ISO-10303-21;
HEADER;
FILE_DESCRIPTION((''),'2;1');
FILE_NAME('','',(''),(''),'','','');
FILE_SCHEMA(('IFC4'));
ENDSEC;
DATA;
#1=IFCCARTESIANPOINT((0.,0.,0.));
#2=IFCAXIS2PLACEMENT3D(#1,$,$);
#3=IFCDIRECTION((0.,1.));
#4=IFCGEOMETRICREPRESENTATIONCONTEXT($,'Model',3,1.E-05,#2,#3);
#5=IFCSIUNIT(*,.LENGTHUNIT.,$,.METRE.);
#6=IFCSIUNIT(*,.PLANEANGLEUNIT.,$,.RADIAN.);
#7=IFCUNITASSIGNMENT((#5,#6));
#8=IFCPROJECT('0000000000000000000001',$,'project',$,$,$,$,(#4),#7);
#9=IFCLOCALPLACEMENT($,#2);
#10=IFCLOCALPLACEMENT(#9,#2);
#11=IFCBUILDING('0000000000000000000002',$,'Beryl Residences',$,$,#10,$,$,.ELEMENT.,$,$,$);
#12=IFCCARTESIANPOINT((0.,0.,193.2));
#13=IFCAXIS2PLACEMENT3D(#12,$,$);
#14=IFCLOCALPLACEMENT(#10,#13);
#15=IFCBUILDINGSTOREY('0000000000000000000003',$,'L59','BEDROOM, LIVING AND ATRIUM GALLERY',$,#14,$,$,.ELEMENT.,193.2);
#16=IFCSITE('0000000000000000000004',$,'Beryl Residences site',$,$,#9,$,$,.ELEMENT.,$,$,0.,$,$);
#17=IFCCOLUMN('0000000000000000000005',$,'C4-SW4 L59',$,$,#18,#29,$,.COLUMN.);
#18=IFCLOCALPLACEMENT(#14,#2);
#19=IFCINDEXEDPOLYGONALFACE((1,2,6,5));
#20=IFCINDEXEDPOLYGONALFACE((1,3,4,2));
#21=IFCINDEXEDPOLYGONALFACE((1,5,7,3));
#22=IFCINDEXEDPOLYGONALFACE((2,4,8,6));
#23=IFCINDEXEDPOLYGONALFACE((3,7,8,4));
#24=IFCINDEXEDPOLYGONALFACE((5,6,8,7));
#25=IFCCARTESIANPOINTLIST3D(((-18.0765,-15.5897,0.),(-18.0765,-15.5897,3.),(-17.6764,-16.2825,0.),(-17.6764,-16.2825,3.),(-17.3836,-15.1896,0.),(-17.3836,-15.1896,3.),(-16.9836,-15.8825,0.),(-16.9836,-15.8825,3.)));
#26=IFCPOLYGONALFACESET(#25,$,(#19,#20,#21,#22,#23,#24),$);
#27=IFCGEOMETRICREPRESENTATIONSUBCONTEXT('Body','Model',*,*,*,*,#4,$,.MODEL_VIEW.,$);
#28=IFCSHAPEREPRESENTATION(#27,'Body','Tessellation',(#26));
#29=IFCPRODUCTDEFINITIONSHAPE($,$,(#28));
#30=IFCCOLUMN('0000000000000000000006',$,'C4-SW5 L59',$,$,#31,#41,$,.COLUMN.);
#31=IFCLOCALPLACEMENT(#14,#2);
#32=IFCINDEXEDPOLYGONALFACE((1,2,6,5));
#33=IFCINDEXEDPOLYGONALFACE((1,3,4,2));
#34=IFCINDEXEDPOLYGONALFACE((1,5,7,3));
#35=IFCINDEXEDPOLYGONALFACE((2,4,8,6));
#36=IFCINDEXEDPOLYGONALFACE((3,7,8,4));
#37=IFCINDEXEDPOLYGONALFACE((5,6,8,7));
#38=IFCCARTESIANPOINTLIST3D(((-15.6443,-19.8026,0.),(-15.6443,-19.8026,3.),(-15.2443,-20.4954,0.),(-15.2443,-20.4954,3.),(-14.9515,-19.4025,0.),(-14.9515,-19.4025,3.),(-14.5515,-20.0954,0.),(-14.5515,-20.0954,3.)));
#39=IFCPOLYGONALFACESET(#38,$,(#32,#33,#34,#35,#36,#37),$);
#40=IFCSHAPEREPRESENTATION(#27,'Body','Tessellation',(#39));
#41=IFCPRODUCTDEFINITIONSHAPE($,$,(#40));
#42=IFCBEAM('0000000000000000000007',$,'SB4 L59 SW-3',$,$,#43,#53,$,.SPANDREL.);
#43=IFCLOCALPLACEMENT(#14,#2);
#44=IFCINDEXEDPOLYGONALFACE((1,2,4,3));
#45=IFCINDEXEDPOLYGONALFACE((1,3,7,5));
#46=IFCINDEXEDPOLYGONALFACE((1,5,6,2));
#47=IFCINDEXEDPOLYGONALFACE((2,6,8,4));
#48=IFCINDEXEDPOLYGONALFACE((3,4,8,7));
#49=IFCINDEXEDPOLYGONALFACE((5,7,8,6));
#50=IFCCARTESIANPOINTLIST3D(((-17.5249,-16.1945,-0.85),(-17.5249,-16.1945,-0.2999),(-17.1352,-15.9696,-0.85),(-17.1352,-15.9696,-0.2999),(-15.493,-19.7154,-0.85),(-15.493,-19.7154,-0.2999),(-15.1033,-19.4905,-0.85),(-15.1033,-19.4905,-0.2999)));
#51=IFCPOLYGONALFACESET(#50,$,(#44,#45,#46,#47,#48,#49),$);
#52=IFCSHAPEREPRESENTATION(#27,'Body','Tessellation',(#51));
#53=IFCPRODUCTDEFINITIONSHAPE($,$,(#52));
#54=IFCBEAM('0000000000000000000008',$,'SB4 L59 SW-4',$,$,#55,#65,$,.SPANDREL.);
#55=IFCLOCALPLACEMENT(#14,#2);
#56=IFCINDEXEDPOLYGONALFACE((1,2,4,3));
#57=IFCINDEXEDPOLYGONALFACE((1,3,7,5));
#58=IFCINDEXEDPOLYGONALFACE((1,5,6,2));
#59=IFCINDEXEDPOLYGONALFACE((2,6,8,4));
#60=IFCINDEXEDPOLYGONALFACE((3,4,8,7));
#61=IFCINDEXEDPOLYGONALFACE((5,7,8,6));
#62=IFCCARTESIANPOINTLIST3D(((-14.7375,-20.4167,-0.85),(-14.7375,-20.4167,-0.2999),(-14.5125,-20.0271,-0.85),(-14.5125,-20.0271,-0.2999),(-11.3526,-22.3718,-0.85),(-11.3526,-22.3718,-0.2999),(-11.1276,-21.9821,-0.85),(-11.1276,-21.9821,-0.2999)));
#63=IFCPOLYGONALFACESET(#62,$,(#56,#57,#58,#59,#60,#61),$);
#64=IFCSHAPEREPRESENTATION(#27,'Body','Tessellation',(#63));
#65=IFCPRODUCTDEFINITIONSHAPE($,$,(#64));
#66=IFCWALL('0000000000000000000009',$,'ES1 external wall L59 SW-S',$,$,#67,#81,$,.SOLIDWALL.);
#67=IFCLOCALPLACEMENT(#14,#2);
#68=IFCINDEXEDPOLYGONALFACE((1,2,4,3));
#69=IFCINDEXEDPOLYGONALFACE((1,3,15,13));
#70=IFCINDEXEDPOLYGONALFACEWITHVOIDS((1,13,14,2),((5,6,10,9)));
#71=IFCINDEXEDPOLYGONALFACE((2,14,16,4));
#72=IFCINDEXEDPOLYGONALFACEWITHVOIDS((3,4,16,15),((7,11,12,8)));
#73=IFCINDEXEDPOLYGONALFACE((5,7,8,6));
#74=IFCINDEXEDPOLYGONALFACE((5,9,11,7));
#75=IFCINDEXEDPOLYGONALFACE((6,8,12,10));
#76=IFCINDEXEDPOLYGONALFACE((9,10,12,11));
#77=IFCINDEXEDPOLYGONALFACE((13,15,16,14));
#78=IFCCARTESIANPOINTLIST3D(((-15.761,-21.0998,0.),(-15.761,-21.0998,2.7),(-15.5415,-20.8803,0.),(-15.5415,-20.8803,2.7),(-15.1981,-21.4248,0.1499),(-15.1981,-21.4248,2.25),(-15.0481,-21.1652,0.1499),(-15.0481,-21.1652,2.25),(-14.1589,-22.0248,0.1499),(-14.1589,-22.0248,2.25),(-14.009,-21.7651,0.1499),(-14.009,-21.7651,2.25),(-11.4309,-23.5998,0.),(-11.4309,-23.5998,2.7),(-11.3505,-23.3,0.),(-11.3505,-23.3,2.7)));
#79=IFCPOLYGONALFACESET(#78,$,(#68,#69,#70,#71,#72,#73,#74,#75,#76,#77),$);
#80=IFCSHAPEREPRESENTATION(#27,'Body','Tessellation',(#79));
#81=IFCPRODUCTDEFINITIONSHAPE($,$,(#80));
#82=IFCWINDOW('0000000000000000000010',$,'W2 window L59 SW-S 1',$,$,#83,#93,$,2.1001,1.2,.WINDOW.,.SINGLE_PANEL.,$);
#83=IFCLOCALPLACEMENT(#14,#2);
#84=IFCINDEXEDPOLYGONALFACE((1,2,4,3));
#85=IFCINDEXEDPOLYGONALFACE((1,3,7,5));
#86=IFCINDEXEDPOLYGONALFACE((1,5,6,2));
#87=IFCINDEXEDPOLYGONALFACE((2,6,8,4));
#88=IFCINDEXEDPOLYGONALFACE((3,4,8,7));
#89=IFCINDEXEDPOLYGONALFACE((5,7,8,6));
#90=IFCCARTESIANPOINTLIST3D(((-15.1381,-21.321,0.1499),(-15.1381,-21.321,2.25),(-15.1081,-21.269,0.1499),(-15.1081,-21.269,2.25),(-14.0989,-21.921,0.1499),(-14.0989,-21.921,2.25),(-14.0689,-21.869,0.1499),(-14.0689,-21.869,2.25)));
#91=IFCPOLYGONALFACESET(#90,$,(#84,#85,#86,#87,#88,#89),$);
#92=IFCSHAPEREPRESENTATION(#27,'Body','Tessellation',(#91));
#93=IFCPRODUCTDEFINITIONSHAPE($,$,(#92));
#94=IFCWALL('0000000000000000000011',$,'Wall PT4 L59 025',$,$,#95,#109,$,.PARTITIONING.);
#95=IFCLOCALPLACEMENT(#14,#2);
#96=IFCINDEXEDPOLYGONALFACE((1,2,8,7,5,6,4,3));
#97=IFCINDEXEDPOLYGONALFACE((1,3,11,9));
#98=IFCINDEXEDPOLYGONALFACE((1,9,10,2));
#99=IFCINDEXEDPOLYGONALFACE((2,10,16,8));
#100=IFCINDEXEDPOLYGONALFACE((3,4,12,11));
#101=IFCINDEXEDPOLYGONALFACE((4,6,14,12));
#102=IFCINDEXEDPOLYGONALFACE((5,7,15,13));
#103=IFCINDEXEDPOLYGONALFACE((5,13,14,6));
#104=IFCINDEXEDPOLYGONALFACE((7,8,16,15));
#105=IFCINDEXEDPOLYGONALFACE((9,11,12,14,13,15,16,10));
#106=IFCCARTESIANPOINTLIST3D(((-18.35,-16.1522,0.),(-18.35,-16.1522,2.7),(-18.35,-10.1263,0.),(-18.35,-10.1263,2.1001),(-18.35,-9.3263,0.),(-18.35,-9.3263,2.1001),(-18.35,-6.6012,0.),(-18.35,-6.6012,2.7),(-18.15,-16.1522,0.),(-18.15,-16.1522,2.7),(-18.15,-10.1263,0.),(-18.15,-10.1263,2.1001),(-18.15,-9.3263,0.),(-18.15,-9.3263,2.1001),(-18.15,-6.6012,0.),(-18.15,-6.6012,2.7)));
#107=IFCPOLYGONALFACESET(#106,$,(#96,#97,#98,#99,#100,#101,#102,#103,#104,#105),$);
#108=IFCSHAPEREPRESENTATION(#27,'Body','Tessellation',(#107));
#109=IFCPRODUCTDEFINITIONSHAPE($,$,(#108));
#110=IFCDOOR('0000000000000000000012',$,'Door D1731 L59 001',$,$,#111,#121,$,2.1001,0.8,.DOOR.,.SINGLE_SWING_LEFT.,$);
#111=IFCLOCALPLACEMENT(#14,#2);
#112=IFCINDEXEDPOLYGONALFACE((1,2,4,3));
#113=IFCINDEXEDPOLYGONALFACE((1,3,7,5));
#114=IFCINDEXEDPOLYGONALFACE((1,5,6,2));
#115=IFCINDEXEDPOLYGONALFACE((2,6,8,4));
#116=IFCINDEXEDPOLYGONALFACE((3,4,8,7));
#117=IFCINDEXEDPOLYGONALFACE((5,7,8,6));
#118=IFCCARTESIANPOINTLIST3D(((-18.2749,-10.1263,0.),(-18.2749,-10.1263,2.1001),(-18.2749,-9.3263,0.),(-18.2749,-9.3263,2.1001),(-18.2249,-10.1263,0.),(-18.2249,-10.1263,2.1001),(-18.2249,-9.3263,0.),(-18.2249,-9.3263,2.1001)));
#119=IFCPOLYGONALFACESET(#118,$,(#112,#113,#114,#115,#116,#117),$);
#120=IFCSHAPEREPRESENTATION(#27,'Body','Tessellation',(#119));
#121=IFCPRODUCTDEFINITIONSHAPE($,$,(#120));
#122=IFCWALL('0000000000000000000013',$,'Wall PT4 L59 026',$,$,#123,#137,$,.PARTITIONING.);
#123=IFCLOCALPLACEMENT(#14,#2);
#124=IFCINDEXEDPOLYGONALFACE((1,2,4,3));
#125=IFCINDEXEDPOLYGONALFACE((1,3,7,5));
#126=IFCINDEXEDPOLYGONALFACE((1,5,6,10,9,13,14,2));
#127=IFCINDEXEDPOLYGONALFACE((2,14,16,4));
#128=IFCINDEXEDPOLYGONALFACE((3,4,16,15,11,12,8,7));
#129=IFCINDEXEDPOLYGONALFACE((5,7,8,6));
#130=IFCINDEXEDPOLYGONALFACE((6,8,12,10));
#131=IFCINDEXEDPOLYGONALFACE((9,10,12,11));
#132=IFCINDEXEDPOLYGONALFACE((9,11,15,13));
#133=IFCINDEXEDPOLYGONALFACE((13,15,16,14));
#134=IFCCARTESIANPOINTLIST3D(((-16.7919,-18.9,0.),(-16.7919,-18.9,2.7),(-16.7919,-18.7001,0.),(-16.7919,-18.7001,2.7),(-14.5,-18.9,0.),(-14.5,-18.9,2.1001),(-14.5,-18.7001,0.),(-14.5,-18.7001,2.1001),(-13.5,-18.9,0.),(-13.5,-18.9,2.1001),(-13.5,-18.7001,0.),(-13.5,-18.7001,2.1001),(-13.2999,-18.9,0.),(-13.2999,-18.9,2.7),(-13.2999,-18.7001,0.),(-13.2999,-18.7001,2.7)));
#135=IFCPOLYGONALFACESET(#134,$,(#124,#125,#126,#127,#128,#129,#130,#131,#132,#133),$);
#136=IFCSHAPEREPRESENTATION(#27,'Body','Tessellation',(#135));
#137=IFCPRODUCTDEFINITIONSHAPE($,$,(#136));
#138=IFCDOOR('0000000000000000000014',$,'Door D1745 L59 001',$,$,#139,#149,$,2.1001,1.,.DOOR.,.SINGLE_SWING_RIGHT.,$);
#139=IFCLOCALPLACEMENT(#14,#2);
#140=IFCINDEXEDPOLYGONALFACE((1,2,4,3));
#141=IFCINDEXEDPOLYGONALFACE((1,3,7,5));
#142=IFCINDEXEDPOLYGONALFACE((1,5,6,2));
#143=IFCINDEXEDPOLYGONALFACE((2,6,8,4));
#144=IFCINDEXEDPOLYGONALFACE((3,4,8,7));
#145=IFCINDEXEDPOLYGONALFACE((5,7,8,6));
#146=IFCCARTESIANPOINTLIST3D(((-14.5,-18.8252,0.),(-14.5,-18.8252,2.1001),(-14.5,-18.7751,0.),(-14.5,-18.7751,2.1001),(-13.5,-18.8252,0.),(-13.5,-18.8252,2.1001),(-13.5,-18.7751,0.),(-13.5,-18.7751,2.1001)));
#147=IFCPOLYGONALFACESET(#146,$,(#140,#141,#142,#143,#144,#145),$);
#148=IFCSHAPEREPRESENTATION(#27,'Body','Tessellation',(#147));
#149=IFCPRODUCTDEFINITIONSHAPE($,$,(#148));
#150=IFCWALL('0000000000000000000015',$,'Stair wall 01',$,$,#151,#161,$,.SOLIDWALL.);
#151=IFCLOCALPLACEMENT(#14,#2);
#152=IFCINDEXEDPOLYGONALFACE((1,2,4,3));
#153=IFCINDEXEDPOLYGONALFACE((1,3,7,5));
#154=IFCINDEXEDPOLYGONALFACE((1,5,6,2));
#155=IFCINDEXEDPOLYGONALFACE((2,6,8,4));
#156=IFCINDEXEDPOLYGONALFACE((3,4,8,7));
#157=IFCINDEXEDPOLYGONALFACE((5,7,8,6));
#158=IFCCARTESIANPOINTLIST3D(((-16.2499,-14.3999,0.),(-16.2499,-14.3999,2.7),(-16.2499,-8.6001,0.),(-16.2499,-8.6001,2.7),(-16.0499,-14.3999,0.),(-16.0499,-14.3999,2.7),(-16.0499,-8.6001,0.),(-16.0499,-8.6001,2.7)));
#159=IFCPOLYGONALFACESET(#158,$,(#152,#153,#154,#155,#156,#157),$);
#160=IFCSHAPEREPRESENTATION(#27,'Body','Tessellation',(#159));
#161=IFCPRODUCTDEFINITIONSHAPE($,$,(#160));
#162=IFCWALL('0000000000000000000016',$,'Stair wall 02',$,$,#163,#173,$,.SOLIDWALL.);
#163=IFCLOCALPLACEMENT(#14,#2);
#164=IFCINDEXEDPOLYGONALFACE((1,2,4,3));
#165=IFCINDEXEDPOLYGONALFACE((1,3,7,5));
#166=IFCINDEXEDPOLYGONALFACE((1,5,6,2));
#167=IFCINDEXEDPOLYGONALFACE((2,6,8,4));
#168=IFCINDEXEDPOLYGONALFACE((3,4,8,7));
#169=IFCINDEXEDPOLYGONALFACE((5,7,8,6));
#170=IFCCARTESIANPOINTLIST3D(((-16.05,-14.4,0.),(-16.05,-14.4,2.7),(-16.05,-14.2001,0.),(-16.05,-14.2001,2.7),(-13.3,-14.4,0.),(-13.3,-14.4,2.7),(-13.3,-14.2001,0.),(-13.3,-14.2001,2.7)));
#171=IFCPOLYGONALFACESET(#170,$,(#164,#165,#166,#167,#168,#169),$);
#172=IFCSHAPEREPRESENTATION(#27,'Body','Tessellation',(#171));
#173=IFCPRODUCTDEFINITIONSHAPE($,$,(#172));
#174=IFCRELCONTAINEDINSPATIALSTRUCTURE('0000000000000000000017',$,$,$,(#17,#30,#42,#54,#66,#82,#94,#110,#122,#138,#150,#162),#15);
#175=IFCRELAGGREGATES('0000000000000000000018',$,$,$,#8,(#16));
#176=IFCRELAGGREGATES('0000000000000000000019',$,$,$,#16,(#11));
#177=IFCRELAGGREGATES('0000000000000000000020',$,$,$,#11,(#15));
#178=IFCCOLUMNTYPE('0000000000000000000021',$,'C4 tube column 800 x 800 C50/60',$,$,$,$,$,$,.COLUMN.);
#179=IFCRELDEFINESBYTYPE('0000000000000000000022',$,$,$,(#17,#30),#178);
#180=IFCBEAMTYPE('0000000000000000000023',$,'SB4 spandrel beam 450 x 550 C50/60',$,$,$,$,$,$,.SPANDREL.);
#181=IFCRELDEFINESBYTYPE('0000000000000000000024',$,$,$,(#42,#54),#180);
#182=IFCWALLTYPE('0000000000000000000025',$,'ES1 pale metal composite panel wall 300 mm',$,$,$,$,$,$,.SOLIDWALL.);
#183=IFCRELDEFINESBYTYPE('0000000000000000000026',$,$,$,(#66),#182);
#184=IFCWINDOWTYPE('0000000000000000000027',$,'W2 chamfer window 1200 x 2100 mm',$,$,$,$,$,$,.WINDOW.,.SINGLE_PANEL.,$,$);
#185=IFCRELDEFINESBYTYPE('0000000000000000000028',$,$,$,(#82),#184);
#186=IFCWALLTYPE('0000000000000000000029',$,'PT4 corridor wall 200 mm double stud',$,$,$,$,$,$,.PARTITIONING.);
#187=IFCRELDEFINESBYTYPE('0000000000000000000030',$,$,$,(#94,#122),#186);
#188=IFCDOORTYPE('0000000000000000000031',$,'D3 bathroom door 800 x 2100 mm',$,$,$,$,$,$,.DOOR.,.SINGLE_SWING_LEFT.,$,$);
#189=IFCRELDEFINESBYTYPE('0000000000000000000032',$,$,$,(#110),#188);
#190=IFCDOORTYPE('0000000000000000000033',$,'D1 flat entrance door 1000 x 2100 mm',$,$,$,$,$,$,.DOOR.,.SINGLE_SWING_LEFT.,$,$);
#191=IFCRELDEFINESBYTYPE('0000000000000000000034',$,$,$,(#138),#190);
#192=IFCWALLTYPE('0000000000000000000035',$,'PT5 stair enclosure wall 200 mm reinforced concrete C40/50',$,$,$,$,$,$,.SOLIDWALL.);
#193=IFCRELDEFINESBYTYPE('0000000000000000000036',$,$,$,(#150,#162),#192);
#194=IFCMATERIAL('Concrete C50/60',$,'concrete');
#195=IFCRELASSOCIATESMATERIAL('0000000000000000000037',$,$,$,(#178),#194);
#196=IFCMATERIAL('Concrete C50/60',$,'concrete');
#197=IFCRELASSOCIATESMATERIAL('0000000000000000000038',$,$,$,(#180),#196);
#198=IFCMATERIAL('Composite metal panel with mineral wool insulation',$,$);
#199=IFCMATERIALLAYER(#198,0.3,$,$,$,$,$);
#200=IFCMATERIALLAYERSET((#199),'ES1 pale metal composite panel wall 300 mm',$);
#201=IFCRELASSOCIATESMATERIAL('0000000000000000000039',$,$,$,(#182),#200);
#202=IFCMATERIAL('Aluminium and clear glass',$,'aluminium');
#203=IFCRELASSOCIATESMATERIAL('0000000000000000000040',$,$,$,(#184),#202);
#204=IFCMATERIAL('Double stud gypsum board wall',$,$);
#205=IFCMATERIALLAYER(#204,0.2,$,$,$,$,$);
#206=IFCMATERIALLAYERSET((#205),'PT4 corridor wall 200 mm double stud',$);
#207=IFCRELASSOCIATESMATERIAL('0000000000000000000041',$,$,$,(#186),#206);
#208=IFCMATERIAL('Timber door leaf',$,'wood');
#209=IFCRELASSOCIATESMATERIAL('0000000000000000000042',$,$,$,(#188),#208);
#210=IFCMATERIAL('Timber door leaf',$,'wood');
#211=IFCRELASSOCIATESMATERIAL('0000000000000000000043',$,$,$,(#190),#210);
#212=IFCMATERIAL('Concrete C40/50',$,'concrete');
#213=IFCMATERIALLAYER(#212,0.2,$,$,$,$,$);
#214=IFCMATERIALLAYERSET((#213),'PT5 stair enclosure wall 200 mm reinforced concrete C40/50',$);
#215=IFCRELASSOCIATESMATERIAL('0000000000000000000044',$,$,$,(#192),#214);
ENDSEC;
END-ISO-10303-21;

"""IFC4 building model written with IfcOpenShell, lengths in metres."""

from ifc_helpers import new_model, si_unit, direction, frame, frame_2d, origin, origin_2d, place, context, subcontext, project, spatial, polyline, rectangle, outline, extrude, material, layer, layer_set, material_profile, profile_set, type_object, element, fill, save


model = new_model("IFC4")

# Units and contexts
model_context = context("Model", 3, precision=1e-05, world=origin(), true_north=direction((0.0, 1.0)))
body_context = subcontext(model_context, "Body", "Model", "MODEL_VIEW")
ifc_project = project(units=[si_unit("LENGTHUNIT", "METRE"), si_unit("PLANEANGLEUNIT", "RADIAN")], contexts=[model_context])

# Site, building, storey
site_placement = place(None, origin())
site = spatial("IfcSite", under=ifc_project, at=site_placement, Name="Beryl Residences site", CompositionType="ELEMENT", RefElevation=0.0)
building_placement = place(site_placement, origin())
building = spatial("IfcBuilding", under=site, at=building_placement, Name="Beryl Residences", CompositionType="ELEMENT")
storey_placement = place(building_placement, frame((0.0, 0.0, 193.2)))
storey = spatial("IfcBuildingStorey", under=building, at=storey_placement, Name="L59", Description="BEDROOM, LIVING AND ATRIUM GALLERY", CompositionType="ELEMENT", Elevation=193.2)

# Columns
ifc_material_1 = material(Name="Concrete C50/60", Category="concrete")
ifc_material_profile_1 = material_profile(ifc_material_1, rectangle(XDim=0.8, YDim=0.8, at=origin_2d()))
ifc_profile_set_1 = profile_set([ifc_material_profile_1], Name="Concrete C50/60")
column_type = type_object("IfcColumnType", Name="C4 tube column 800 x 800 C50/60", PredefinedType="COLUMN", material=ifc_profile_set_1)
for number, where, z_axis, x_axis, name in (
    (1, (-17.53, -15.7361, 0.0), (0.0, 0.0, 1.0), (0.5, -0.866025, 0.0), "C4-SW4 L59"),
    (2, (-15.0979, -19.949, 0.0), (0.0, 0.0, 1.0), (0.5, -0.866025, 0.0), "C4-SW5 L59"),
):
    element("IfcColumn", number, at=place(storey_placement, frame(where, z_axis=z_axis, x_axis=x_axis)), inside=storey, type_object=column_type, Name=name, PredefinedType="COLUMN", context=body_context, shape_type="SweptSolid", body=[
        extrude(rectangle(XDim=0.8, YDim=0.8, at=origin_2d()), origin(), (0.0, 0.0, 1.0), 3.0),
    ])

# Beams
ifc_material_2 = material(Name="Concrete C50/60", Category="concrete")
ifc_material_profile_2 = material_profile(ifc_material_2, rectangle(XDim=0.45, YDim=0.55, at=origin_2d()))
ifc_profile_set_2 = profile_set([ifc_material_profile_2], Name="Concrete C50/60")
beam_type = type_object("IfcBeamType", Name="SB4 spandrel beam 450 x 550 C50/60", PredefinedType="SPANDREL", material=ifc_profile_set_2)
beam_1_placement = place(storey_placement, frame((-17.3301, -16.082, -0.575), z_axis=(0.49984, -0.866118, 0.0), x_axis=(0.866118, 0.49984, 0.0)))
element("IfcBeam", 3, at=beam_1_placement, inside=storey, type_object=beam_type, Name="SB4 L59 SW-3", PredefinedType="SPANDREL", context=body_context, shape_type="SweptSolid", body=[
    extrude(rectangle(XDim=0.45, YDim=0.55, at=origin_2d()), origin(), (0.0, 0.0, 1.0), 4.0652),
])
beam_2_placement = place(storey_placement, frame((-14.625, -20.2219, -0.575), z_axis=(0.865943, -0.500142, 0.0), x_axis=(0.500142, 0.865943, 0.0)))
element("IfcBeam", 4, at=beam_2_placement, inside=storey, type_object=beam_type, Name="SB4 L59 SW-4", PredefinedType="SPANDREL", context=body_context, shape_type="SweptSolid", body=[
    extrude(rectangle(XDim=0.45, YDim=0.55, at=origin_2d()), origin(), (0.0, 0.0, 1.0), 3.9089),
])

# Wall, opening, window
ifc_material_3 = material(Name="Composite metal panel with mineral wool insulation")
ifc_layer_1 = layer(ifc_material_3, 0.3)
ifc_layer_set_1 = layer_set([ifc_layer_1], Name="ES1 pale metal composite panel wall 300 mm")
wall_type_1 = type_object("IfcWallType", Name="ES1 pale metal composite panel wall 300 mm", PredefinedType="SOLIDWALL", material=ifc_layer_set_1)
wall_1_placement = place(storey_placement, frame((-15.686, -20.97, 0.0), z_axis=(0.0, 0.0, 1.0), x_axis=(0.866023, -0.500004, 0.0)))
wall_1 = element("IfcWall", 5, at=wall_1_placement, inside=storey, type_object=wall_type_1, Name="ES1 external wall L59 SW-S", PredefinedType="SOLIDWALL", context=body_context, shape_type="SweptSolid", body=[
    extrude(outline(polyline([(0.0, -0.1499), (5.0, -0.1499), (4.9197, 0.1499), (0.0803, 0.1499), (0.0, -0.1499)])), origin(), (0.0, 0.0, 1.0), 2.7),
])
opening_1_placement = place(wall_1_placement, frame((0.6499, 0.0, 0.1499)))
opening_1 = element("IfcOpeningElement", 6, at=opening_1_placement, cuts=wall_1, PredefinedType="OPENING", context=body_context, shape_type="SweptSolid", body=[
    extrude(rectangle(XDim=1.2, YDim=2.1001, at=frame_2d((0.6001, 1.05))), frame((0.0, 0.1599, 0.0), z_axis=(0.0, -1.0, 0.0), x_axis=(1.0, 0.0, 0.0)), (0.0, 0.0, 1.0), 0.3201),
])
ifc_material_4 = material(Name="Aluminium and clear glass", Category="aluminium")
window_type = type_object("IfcWindowType", Name="W2 chamfer window 1200 x 2100 mm", PartitioningType="SINGLE_PANEL", PredefinedType="WINDOW", material=ifc_material_4)
window_placement = place(opening_1_placement, origin())
window = element("IfcWindow", 7, at=window_placement, inside=storey, type_object=window_type, Name="W2 window L59 SW-S 1", OverallHeight=2.1001, OverallWidth=1.2, PartitioningType="SINGLE_PANEL", PredefinedType="WINDOW", context=body_context, shape_type="SweptSolid", body=[
    extrude(rectangle(XDim=1.2, YDim=2.1001, at=frame_2d((0.6001, 1.05))), frame((0.0, 0.03, 0.0), z_axis=(0.0, -1.0, 0.0), x_axis=(1.0, 0.0, 0.0)), (0.0, 0.0, 1.0), 0.0601),
])
fill(opening_1, window)

# Walls, openings, doors
ifc_material_5 = material(Name="Double stud gypsum board wall")
ifc_layer_2 = layer(ifc_material_5, 0.2)
ifc_layer_set_2 = layer_set([ifc_layer_2], Name="PT4 corridor wall 200 mm double stud")
wall_type_2 = type_object("IfcWallType", Name="PT4 corridor wall 200 mm double stud", PredefinedType="PARTITIONING", material=ifc_layer_set_2)
wall_2_placement = place(storey_placement, frame((-18.25, -16.1521, 0.0), z_axis=(0.0, 0.0, 1.0), x_axis=(0.0, 1.0, 0.0)))
wall_2 = element("IfcWall", 8, at=wall_2_placement, inside=storey, type_object=wall_type_2, Name="Wall PT4 L59 025", PredefinedType="PARTITIONING", context=body_context, shape_type="SweptSolid", body=[
    extrude(rectangle(XDim=9.551, YDim=0.2, at=frame_2d((4.7754, 0.0))), origin(), (0.0, 0.0, 1.0), 2.7),
])
opening_2_placement = place(wall_2_placement, frame((6.0259, 0.0, 0.0)))
opening_2 = element("IfcOpeningElement", 9, at=opening_2_placement, cuts=wall_2, PredefinedType="OPENING", context=body_context, shape_type="SweptSolid", body=[
    extrude(rectangle(XDim=0.8, YDim=2.1001, at=frame_2d((0.3999, 1.05))), frame((0.0, 0.1099, 0.0), z_axis=(0.0, -1.0, 0.0), x_axis=(1.0, 0.0, 0.0)), (0.0, 0.0, 1.0), 0.22),
])
ifc_material_6 = material(Name="Timber door leaf", Category="wood")
door_type_1 = type_object("IfcDoorType", Name="D3 bathroom door 800 x 2100 mm", OperationType="SINGLE_SWING_LEFT", PredefinedType="DOOR", material=ifc_material_6)
door_1_placement = place(opening_2_placement, origin())
door_1 = element("IfcDoor", 10, at=door_1_placement, inside=storey, type_object=door_type_1, Name="Door D1731 L59 001", OperationType="SINGLE_SWING_LEFT", OverallHeight=2.1001, OverallWidth=0.8, PredefinedType="DOOR", context=body_context, shape_type="SweptSolid", body=[
    extrude(rectangle(XDim=0.8, YDim=2.1001, at=frame_2d((0.3999, 1.05))), frame((0.0, 0.0249, 0.0), z_axis=(0.0, -1.0, 0.0), x_axis=(1.0, 0.0, 0.0)), (0.0, 0.0, 1.0), 0.05),
])
fill(opening_2, door_1)
wall_3_placement = place(storey_placement, frame((-16.792, -18.8, 0.0), z_axis=(0.0, 0.0, 1.0), x_axis=(1.0, 0.0, 0.0)))
wall_3 = element("IfcWall", 11, at=wall_3_placement, inside=storey, type_object=wall_type_2, Name="Wall PT4 L59 026", PredefinedType="PARTITIONING", context=body_context, shape_type="SweptSolid", body=[
    extrude(rectangle(XDim=3.4919, YDim=0.2, at=frame_2d((1.7461, 0.0))), origin(), (0.0, 0.0, 1.0), 2.7),
])
opening_3_placement = place(wall_3_placement, frame((2.292, 0.0, 0.0)))
opening_3 = element("IfcOpeningElement", 12, at=opening_3_placement, cuts=wall_3, PredefinedType="OPENING", context=body_context, shape_type="SweptSolid", body=[
    extrude(rectangle(XDim=1.0, YDim=2.1001, at=frame_2d((0.5, 1.05))), frame((0.0, 0.1099, 0.0), z_axis=(0.0, -1.0, 0.0), x_axis=(1.0, 0.0, 0.0)), (0.0, 0.0, 1.0), 0.22),
])
ifc_material_7 = material(Name="Timber door leaf", Category="wood")
door_type_2 = type_object("IfcDoorType", Name="D1 flat entrance door 1000 x 2100 mm", OperationType="SINGLE_SWING_LEFT", PredefinedType="DOOR", material=ifc_material_7)
door_2_placement = place(opening_3_placement, origin())
door_2 = element("IfcDoor", 13, at=door_2_placement, inside=storey, type_object=door_type_2, Name="Door D1745 L59 001", OperationType="SINGLE_SWING_RIGHT", OverallHeight=2.1001, OverallWidth=1.0, PredefinedType="DOOR", context=body_context, shape_type="SweptSolid", body=[
    extrude(rectangle(XDim=1.0, YDim=2.1001, at=frame_2d((0.5, 1.05))), frame((0.0, 0.0249, 0.0), z_axis=(0.0, -1.0, 0.0), x_axis=(1.0, 0.0, 0.0)), (0.0, 0.0, 1.0), 0.05),
])
fill(opening_3, door_2)

# Walls
ifc_material_8 = material(Name="Concrete C40/50", Category="concrete")
ifc_layer_3 = layer(ifc_material_8, 0.2)
ifc_layer_set_3 = layer_set([ifc_layer_3], Name="PT5 stair enclosure wall 200 mm reinforced concrete C40/50")
wall_type_3 = type_object("IfcWallType", Name="PT5 stair enclosure wall 200 mm reinforced concrete C40/50", PredefinedType="SOLIDWALL", material=ifc_layer_set_3)
wall_4_placement = place(storey_placement, frame((-16.1499, -14.3999, 0.0), z_axis=(0.0, 0.0, 1.0), x_axis=(0.0, 1.0, 0.0)))
element("IfcWall", 14, at=wall_4_placement, inside=storey, type_object=wall_type_3, Name="Stair wall 01", PredefinedType="SOLIDWALL", context=body_context, shape_type="SweptSolid", body=[
    extrude(rectangle(XDim=5.7998, YDim=0.2, at=frame_2d((2.8999, 0.0))), origin(), (0.0, 0.0, 1.0), 2.7),
])
wall_5_placement = place(storey_placement, frame((-16.05, -14.3, 0.0), z_axis=(0.0, 0.0, 1.0), x_axis=(1.0, 0.0, 0.0)))
element("IfcWall", 15, at=wall_5_placement, inside=storey, type_object=wall_type_3, Name="Stair wall 02", PredefinedType="SOLIDWALL", context=body_context, shape_type="SweptSolid", body=[
    extrude(rectangle(XDim=2.75, YDim=0.2, at=frame_2d((1.375, 0.0))), origin(), (0.0, 0.0, 1.0), 2.7),
])

save(model, "model.ifc")
